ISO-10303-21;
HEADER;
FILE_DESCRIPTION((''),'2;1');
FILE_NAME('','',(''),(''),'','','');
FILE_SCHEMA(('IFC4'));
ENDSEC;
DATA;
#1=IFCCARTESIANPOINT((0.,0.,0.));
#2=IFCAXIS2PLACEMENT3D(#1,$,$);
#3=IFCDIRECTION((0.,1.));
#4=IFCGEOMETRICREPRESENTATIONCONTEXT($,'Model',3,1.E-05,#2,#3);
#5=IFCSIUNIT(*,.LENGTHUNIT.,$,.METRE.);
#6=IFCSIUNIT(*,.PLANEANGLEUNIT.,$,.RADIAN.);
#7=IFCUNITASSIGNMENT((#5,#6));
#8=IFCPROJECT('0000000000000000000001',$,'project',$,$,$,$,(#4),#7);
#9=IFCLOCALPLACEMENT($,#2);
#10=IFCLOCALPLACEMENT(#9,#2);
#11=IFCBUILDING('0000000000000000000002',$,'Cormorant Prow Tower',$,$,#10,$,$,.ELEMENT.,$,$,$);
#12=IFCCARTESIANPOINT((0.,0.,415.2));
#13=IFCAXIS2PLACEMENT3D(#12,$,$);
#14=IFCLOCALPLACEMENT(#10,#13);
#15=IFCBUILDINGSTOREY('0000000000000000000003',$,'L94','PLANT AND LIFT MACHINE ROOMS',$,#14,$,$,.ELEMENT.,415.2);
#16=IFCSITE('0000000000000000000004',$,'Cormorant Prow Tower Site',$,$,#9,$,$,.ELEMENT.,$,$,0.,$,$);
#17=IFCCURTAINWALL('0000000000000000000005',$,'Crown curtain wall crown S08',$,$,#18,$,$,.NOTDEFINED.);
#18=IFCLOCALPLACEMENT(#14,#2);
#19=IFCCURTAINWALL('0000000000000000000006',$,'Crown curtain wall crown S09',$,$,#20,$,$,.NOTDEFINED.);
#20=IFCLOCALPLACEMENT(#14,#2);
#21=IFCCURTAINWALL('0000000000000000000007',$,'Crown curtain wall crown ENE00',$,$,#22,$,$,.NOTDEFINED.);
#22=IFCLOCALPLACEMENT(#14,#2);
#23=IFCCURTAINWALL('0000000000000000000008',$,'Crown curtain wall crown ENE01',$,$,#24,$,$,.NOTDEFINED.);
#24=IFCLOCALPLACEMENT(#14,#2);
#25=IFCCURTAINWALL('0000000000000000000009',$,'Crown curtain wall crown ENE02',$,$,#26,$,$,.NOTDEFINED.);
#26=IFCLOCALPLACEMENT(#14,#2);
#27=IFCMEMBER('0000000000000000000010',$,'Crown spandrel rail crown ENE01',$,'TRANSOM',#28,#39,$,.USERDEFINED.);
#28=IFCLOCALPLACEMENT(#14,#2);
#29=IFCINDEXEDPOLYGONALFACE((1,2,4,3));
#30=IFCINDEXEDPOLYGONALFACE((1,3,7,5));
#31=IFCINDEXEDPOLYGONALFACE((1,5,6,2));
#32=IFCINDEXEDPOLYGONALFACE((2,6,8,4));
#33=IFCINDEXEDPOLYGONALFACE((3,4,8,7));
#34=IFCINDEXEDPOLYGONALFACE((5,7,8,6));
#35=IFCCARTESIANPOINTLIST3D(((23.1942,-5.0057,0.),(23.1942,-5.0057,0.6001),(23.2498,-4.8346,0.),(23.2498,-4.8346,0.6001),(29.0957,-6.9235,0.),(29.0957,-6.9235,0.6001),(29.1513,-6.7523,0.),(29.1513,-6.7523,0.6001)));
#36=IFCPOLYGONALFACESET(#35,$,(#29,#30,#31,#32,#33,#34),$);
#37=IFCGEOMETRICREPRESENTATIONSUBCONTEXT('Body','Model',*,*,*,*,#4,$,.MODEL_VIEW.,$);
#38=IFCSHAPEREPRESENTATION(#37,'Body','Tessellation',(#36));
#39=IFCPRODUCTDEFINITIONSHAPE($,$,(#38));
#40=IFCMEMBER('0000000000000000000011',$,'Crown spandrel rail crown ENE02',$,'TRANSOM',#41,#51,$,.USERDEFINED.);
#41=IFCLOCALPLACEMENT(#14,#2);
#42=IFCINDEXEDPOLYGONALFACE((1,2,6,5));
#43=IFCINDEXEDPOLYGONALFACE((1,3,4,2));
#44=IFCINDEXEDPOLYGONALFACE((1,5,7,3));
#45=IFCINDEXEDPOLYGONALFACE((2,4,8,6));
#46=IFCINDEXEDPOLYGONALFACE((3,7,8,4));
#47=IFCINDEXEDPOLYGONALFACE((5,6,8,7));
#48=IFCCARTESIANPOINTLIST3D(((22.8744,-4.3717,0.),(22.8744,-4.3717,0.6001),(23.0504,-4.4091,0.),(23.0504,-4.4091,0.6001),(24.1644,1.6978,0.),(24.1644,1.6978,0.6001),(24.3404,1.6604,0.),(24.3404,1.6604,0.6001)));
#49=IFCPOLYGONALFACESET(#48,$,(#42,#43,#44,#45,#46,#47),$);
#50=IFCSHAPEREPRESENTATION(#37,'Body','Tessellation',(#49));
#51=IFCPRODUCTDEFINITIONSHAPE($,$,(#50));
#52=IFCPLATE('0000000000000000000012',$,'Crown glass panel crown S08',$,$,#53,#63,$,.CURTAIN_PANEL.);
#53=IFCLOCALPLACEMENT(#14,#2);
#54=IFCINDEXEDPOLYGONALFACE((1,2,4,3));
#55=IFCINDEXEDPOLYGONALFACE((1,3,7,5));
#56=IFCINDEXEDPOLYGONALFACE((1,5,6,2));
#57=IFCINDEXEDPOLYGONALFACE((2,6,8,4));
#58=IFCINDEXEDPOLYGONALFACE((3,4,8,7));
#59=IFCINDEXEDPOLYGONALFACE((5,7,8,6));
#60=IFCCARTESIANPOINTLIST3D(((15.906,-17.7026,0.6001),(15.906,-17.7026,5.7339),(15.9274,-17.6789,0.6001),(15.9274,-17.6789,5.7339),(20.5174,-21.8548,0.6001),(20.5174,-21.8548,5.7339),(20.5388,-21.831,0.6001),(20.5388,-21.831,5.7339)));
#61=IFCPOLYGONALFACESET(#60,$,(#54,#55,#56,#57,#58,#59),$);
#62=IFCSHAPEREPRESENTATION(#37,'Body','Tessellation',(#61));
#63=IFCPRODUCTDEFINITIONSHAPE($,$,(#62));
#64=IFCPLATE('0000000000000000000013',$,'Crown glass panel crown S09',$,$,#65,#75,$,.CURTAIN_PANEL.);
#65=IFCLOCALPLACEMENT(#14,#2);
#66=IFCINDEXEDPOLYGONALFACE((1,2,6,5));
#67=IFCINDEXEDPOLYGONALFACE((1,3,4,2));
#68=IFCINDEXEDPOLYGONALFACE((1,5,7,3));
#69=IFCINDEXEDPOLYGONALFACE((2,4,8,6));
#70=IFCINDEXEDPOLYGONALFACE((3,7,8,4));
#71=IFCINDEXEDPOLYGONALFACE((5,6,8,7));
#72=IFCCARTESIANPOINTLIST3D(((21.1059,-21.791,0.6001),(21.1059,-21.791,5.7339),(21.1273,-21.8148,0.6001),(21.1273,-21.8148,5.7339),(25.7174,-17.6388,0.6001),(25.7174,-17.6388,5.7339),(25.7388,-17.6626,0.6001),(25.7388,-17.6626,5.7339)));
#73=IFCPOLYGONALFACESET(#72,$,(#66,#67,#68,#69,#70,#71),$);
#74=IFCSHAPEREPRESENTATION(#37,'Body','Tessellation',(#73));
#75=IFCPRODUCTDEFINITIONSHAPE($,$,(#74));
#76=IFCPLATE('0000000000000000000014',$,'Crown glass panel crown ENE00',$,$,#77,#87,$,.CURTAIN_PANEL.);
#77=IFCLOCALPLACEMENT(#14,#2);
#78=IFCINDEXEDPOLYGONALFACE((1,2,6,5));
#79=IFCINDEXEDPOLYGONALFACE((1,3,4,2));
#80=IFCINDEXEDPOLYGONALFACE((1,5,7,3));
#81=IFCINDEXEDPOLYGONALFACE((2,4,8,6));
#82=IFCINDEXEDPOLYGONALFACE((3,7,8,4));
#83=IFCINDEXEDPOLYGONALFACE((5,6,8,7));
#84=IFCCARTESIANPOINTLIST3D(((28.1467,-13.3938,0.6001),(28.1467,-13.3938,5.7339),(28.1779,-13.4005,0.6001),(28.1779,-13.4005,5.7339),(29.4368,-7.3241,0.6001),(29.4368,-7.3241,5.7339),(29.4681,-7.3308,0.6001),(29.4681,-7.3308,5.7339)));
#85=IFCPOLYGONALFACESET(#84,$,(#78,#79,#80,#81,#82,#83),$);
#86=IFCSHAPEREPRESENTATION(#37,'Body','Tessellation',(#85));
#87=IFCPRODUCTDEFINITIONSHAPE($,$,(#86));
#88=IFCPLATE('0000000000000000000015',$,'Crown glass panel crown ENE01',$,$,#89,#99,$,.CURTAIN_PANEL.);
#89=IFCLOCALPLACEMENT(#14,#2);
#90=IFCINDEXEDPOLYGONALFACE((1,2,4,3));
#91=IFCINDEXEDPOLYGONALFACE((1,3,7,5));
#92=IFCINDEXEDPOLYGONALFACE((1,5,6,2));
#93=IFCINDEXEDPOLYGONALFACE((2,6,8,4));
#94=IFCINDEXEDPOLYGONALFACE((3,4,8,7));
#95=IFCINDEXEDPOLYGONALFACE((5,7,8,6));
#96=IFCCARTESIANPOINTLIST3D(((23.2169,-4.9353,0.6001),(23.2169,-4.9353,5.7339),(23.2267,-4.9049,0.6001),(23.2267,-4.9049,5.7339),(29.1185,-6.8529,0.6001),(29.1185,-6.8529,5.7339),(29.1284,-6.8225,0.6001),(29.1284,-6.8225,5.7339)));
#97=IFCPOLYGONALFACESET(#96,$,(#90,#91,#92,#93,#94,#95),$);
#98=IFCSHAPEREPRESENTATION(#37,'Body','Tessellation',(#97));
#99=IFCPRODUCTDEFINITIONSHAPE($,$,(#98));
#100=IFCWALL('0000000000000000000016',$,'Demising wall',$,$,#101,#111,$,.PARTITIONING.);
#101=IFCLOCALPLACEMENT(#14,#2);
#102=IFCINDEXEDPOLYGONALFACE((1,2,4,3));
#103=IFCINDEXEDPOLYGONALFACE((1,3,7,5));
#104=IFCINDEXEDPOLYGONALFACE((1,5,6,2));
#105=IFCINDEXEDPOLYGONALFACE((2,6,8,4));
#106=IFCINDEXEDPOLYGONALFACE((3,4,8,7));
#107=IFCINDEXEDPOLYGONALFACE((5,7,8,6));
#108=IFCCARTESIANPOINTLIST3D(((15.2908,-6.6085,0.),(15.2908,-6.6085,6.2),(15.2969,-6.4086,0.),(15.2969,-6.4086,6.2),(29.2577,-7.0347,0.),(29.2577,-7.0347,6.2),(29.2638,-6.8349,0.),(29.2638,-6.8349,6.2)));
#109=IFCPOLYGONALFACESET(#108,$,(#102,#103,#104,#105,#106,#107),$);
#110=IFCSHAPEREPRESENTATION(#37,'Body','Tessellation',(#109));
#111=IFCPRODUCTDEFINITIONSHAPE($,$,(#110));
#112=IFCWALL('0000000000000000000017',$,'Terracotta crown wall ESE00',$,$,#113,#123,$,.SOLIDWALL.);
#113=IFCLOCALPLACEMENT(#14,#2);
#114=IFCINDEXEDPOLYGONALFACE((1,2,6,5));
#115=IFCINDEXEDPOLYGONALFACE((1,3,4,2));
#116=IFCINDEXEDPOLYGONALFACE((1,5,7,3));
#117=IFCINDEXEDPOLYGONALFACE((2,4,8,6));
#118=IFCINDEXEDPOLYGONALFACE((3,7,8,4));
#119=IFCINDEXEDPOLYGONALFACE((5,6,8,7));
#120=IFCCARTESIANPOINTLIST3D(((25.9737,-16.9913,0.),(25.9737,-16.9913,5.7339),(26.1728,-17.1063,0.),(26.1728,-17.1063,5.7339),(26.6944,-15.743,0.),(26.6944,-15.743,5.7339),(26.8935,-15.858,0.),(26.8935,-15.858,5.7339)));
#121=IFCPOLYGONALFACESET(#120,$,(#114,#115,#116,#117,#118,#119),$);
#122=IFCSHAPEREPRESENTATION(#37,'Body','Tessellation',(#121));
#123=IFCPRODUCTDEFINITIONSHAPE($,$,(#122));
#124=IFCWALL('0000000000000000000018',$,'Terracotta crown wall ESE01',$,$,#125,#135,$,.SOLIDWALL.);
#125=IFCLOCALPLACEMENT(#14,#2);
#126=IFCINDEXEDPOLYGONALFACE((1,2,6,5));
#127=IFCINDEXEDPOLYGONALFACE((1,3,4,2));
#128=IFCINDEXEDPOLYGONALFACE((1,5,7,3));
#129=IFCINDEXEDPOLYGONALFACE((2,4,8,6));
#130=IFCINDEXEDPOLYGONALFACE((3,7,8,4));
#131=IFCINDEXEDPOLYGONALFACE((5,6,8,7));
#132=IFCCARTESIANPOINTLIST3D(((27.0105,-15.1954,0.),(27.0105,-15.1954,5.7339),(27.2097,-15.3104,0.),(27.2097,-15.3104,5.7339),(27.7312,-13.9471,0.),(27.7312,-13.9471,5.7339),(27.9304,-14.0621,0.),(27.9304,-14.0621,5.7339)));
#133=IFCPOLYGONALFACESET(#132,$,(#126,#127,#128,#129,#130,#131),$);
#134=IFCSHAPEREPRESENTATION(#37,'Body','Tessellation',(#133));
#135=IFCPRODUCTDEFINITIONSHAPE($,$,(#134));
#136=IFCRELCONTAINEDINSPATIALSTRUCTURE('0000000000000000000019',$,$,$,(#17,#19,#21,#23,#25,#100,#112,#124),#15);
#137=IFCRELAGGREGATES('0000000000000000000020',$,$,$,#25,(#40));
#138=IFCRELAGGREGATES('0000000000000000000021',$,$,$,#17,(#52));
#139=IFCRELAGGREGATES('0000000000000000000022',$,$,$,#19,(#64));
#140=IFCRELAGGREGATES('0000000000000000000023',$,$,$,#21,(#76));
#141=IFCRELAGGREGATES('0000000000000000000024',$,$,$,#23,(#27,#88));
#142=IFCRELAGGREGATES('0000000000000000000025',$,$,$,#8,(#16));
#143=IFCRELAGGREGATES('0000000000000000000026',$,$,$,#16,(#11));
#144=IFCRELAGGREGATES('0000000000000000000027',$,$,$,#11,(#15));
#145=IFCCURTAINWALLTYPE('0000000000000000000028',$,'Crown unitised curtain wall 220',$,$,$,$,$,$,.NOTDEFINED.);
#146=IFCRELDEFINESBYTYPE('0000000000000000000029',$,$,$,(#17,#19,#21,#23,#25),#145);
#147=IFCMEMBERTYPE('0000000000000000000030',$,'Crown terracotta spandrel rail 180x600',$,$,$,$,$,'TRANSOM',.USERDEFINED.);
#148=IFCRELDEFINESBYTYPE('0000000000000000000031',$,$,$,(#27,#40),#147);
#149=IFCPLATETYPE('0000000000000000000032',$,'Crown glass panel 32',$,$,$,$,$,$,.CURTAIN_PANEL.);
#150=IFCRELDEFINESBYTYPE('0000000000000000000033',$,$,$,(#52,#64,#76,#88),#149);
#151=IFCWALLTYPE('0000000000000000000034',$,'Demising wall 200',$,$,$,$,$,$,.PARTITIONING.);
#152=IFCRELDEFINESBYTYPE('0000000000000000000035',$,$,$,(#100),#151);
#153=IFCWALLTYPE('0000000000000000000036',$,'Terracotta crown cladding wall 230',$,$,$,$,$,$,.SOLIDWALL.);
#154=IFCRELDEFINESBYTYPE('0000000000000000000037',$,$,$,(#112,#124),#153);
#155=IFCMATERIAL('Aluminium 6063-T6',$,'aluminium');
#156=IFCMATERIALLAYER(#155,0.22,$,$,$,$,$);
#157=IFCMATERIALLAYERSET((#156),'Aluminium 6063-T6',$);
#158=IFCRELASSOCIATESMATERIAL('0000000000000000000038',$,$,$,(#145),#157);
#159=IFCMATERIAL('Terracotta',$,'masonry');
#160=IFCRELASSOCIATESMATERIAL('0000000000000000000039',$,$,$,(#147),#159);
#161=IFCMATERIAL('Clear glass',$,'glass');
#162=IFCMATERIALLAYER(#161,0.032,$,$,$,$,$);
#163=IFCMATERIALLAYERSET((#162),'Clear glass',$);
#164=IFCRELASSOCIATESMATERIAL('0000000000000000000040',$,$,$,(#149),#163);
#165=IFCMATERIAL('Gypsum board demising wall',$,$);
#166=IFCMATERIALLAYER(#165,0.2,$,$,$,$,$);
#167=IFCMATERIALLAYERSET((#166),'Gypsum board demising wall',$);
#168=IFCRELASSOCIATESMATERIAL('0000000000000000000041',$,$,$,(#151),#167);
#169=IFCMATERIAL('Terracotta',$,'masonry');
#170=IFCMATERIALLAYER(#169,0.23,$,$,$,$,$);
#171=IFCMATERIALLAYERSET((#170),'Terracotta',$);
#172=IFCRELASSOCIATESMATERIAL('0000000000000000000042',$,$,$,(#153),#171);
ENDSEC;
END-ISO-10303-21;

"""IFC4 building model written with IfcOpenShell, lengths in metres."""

from ifc_helpers import new_model, si_unit, direction, frame, frame_2d, origin, origin_2d, place, context, subcontext, project, spatial, rectangle, extrude, material, layer, layer_set, material_profile, profile_set, type_object, element, aggregate, save


model = new_model("IFC4")

# Units and contexts
model_context = context("Model", 3, precision=1e-05, world=origin(), true_north=direction((0.0, 1.0)))
body_context = subcontext(model_context, "Body", "Model", "MODEL_VIEW")
ifc_project = project(units=[si_unit("LENGTHUNIT", "METRE"), si_unit("PLANEANGLEUNIT", "RADIAN")], contexts=[model_context])

# Site, building, storey
site_placement = place(None, origin())
site = spatial("IfcSite", under=ifc_project, at=site_placement, Name="Cormorant Prow Tower Site", CompositionType="ELEMENT", RefElevation=0.0)
building_placement = place(site_placement, origin())
building = spatial("IfcBuilding", under=site, at=building_placement, Name="Cormorant Prow Tower", CompositionType="ELEMENT")
storey_placement = place(building_placement, frame((0.0, 0.0, 415.2)))
storey = spatial("IfcBuildingStorey", under=building, at=storey_placement, Name="L94", Description="PLANT AND LIFT MACHINE ROOMS", CompositionType="ELEMENT", Elevation=415.2)

# Curtain walls
ifc_material_1 = material(Name="Aluminium 6063-T6", Category="aluminium")
ifc_layer_1 = layer(ifc_material_1, 0.22)
ifc_layer_set_1 = layer_set([ifc_layer_1], Name="Aluminium 6063-T6")
curtain_wall_type = type_object("IfcCurtainWallType", Name="Crown unitised curtain wall 220", PredefinedType="NOTDEFINED", material=ifc_layer_set_1)
curtain_wall_1_placement = place(storey_placement, origin())
curtain_wall_1 = element("IfcCurtainWall", 1, at=curtain_wall_1_placement, inside=storey, type_object=curtain_wall_type, Name="Crown curtain wall crown S08", PredefinedType="NOTDEFINED")
curtain_wall_2_placement = place(storey_placement, origin())
curtain_wall_2 = element("IfcCurtainWall", 2, at=curtain_wall_2_placement, inside=storey, type_object=curtain_wall_type, Name="Crown curtain wall crown S09", PredefinedType="NOTDEFINED")
curtain_wall_3_placement = place(storey_placement, origin())
curtain_wall_3 = element("IfcCurtainWall", 3, at=curtain_wall_3_placement, inside=storey, type_object=curtain_wall_type, Name="Crown curtain wall crown ENE00", PredefinedType="NOTDEFINED")
curtain_wall_4_placement = place(storey_placement, origin())
curtain_wall_4 = element("IfcCurtainWall", 4, at=curtain_wall_4_placement, inside=storey, type_object=curtain_wall_type, Name="Crown curtain wall crown ENE01", PredefinedType="NOTDEFINED")
curtain_wall_5_placement = place(storey_placement, origin())
curtain_wall_5 = element("IfcCurtainWall", 5, at=curtain_wall_5_placement, inside=storey, type_object=curtain_wall_type, Name="Crown curtain wall crown ENE02", PredefinedType="NOTDEFINED")

# Members
ifc_material_2 = material(Name="Terracotta", Category="masonry")
ifc_material_profile_1 = material_profile(ifc_material_2, rectangle(XDim=0.1799, YDim=0.6001, at=origin_2d()), Name="Crown terracotta spandrel rail 180x600")
ifc_profile_set_1 = profile_set([ifc_material_profile_1], Name="Terracotta")
member_type_1 = type_object("IfcMemberType", Name="Crown terracotta spandrel rail 180x600", ElementType="TRANSOM", PredefinedType="USERDEFINED", material=ifc_profile_set_1)
member_1_placement = place(storey_placement, frame((29.1235, -6.8379, 0.3), z_axis=(-0.951048, 0.309042, 0.0), x_axis=(-0.309042, -0.951048, 0.0)))
member_1 = element("IfcMember", 6, at=member_1_placement, type_object=member_type_1, Name="Crown spandrel rail crown ENE01", ObjectType="TRANSOM", PredefinedType="USERDEFINED", context=body_context, shape_type="SweptSolid", body=[
    extrude(rectangle(XDim=0.1799, YDim=0.6001, at=origin_2d()), origin(), (0.0, 0.0, 1.0), 6.2053),
])
member_2_placement = place(storey_placement, frame((22.9624, -4.3904, 0.3), z_axis=(0.207898, 0.978151, 0.0), x_axis=(-0.978151, 0.207898, 0.0)))
member_2 = element("IfcMember", 7, at=member_2_placement, type_object=member_type_1, Name="Crown spandrel rail crown ENE02", ObjectType="TRANSOM", PredefinedType="USERDEFINED", context=body_context, shape_type="SweptSolid", body=[
    extrude(rectangle(XDim=0.1799, YDim=0.6001, at=origin_2d()), origin(), (0.0, 0.0, 1.0), 6.2051),
])
aggregate(curtain_wall_5, [member_2])

# Plates
ifc_material_3 = material(Name="Clear glass", Category="glass")
ifc_layer_2 = layer(ifc_material_3, 0.032)
ifc_layer_set_2 = layer_set([ifc_layer_2], Name="Clear glass")
plate_type = type_object("IfcPlateType", Name="Crown glass panel 32", PredefinedType="CURTAIN_PANEL", material=ifc_layer_set_2)
plate_1_placement = place(storey_placement, frame((18.2224, -19.7668, 0.6001), z_axis=(0.0, 0.0, 1.0), x_axis=(0.743145, -0.669131, 0.0)))
plate_1 = element("IfcPlate", 8, at=plate_1_placement, type_object=plate_type, Name="Crown glass panel crown S08", PredefinedType="CURTAIN_PANEL", context=body_context, shape_type="SweptSolid", body=[
    extrude(rectangle(XDim=6.2053, YDim=0.032, at=origin_2d()), origin(), (0.0, 0.0, 1.0), 5.1338),
])
aggregate(curtain_wall_1, [plate_1])
plate_2_placement = place(storey_placement, frame((23.4224, -19.7268, 0.6001), z_axis=(0.0, 0.0, 1.0), x_axis=(0.743145, 0.669131, 0.0)))
plate_2 = element("IfcPlate", 9, at=plate_2_placement, type_object=plate_type, Name="Crown glass panel crown S09", PredefinedType="CURTAIN_PANEL", context=body_context, shape_type="SweptSolid", body=[
    extrude(rectangle(XDim=6.2053, YDim=0.032, at=origin_2d()), origin(), (0.0, 0.0, 1.0), 5.1338),
])
aggregate(curtain_wall_2, [plate_2])
plate_3_placement = place(storey_placement, frame((28.8074, -10.3623, 0.6001), z_axis=(0.0, 0.0, 1.0), x_axis=(0.207912, 0.978148, 0.0)))
plate_3 = element("IfcPlate", 10, at=plate_3_placement, type_object=plate_type, Name="Crown glass panel crown ENE00", PredefinedType="CURTAIN_PANEL", context=body_context, shape_type="SweptSolid", body=[
    extrude(rectangle(XDim=6.2053, YDim=0.032, at=origin_2d()), origin(), (0.0, 0.0, 1.0), 5.1338),
])
aggregate(curtain_wall_3, [plate_3])
plate_4_placement = place(storey_placement, frame((26.1726, -5.8789, 0.6001), z_axis=(0.0, 0.0, 1.0), x_axis=(-0.951057, 0.309017, 0.0)))
plate_4 = element("IfcPlate", 11, at=plate_4_placement, type_object=plate_type, Name="Crown glass panel crown ENE01", PredefinedType="CURTAIN_PANEL", context=body_context, shape_type="SweptSolid", body=[
    extrude(rectangle(XDim=6.2053, YDim=0.032, at=origin_2d()), origin(), (0.0, 0.0, 1.0), 5.1338),
])
aggregate(curtain_wall_4, [member_1, plate_4])

# Walls
ifc_material_4 = material(Name="Gypsum board demising wall")
ifc_layer_3 = layer(ifc_material_4, 0.2)
ifc_layer_set_3 = layer_set([ifc_layer_3], Name="Gypsum board demising wall")
wall_type_1 = type_object("IfcWallType", Name="Demising wall 200", PredefinedType="PARTITIONING", material=ifc_layer_set_3)
wall_placement = place(storey_placement, frame((15.2937, -6.5085, 0.0), z_axis=(0.0, 0.0, 1.0), x_axis=(0.999535, -0.030506, 0.0)))
element("IfcWall", 12, at=wall_placement, inside=storey, type_object=wall_type_1, Name="Demising wall", PredefinedType="PARTITIONING", context=body_context, shape_type="SweptSolid", body=[
    extrude(rectangle(XDim=13.9734, YDim=0.2, at=frame_2d((6.9868, 0.0))), origin(), (0.0, 0.0, 1.0), 6.2),
])
ifc_material_5 = material(Name="Terracotta", Category="masonry")
ifc_layer_4 = layer(ifc_material_5, 0.23)
ifc_layer_set_4 = layer_set([ifc_layer_4], Name="Terracotta")
wall_type_2 = type_object("IfcWallType", Name="Terracotta crown cladding wall 230", PredefinedType="SOLIDWALL", material=ifc_layer_set_4)
for number, where, z_axis, x_axis, name in (
    (13, (26.0732, -17.0488, 0.0), (0.0, 0.0, 1.0), (0.500001, 0.866025, 0.0), "Terracotta crown wall ESE00"),
    (14, (27.1101, -15.2529, 0.0), (0.0, 0.0, 1.0), (0.500001, 0.866025, 0.0), "Terracotta crown wall ESE01"),
):
    element("IfcWall", number, at=place(storey_placement, frame(where, z_axis=z_axis, x_axis=x_axis)), inside=storey, type_object=wall_type_2, Name=name, PredefinedType="SOLIDWALL", context=body_context, shape_type="SweptSolid", body=[
        extrude(rectangle(XDim=1.4414, YDim=0.23, at=frame_2d((0.7207, 0.0))), origin(), (0.0, 0.0, 1.0), 5.7339),
    ])

save(model, "model.ifc")
